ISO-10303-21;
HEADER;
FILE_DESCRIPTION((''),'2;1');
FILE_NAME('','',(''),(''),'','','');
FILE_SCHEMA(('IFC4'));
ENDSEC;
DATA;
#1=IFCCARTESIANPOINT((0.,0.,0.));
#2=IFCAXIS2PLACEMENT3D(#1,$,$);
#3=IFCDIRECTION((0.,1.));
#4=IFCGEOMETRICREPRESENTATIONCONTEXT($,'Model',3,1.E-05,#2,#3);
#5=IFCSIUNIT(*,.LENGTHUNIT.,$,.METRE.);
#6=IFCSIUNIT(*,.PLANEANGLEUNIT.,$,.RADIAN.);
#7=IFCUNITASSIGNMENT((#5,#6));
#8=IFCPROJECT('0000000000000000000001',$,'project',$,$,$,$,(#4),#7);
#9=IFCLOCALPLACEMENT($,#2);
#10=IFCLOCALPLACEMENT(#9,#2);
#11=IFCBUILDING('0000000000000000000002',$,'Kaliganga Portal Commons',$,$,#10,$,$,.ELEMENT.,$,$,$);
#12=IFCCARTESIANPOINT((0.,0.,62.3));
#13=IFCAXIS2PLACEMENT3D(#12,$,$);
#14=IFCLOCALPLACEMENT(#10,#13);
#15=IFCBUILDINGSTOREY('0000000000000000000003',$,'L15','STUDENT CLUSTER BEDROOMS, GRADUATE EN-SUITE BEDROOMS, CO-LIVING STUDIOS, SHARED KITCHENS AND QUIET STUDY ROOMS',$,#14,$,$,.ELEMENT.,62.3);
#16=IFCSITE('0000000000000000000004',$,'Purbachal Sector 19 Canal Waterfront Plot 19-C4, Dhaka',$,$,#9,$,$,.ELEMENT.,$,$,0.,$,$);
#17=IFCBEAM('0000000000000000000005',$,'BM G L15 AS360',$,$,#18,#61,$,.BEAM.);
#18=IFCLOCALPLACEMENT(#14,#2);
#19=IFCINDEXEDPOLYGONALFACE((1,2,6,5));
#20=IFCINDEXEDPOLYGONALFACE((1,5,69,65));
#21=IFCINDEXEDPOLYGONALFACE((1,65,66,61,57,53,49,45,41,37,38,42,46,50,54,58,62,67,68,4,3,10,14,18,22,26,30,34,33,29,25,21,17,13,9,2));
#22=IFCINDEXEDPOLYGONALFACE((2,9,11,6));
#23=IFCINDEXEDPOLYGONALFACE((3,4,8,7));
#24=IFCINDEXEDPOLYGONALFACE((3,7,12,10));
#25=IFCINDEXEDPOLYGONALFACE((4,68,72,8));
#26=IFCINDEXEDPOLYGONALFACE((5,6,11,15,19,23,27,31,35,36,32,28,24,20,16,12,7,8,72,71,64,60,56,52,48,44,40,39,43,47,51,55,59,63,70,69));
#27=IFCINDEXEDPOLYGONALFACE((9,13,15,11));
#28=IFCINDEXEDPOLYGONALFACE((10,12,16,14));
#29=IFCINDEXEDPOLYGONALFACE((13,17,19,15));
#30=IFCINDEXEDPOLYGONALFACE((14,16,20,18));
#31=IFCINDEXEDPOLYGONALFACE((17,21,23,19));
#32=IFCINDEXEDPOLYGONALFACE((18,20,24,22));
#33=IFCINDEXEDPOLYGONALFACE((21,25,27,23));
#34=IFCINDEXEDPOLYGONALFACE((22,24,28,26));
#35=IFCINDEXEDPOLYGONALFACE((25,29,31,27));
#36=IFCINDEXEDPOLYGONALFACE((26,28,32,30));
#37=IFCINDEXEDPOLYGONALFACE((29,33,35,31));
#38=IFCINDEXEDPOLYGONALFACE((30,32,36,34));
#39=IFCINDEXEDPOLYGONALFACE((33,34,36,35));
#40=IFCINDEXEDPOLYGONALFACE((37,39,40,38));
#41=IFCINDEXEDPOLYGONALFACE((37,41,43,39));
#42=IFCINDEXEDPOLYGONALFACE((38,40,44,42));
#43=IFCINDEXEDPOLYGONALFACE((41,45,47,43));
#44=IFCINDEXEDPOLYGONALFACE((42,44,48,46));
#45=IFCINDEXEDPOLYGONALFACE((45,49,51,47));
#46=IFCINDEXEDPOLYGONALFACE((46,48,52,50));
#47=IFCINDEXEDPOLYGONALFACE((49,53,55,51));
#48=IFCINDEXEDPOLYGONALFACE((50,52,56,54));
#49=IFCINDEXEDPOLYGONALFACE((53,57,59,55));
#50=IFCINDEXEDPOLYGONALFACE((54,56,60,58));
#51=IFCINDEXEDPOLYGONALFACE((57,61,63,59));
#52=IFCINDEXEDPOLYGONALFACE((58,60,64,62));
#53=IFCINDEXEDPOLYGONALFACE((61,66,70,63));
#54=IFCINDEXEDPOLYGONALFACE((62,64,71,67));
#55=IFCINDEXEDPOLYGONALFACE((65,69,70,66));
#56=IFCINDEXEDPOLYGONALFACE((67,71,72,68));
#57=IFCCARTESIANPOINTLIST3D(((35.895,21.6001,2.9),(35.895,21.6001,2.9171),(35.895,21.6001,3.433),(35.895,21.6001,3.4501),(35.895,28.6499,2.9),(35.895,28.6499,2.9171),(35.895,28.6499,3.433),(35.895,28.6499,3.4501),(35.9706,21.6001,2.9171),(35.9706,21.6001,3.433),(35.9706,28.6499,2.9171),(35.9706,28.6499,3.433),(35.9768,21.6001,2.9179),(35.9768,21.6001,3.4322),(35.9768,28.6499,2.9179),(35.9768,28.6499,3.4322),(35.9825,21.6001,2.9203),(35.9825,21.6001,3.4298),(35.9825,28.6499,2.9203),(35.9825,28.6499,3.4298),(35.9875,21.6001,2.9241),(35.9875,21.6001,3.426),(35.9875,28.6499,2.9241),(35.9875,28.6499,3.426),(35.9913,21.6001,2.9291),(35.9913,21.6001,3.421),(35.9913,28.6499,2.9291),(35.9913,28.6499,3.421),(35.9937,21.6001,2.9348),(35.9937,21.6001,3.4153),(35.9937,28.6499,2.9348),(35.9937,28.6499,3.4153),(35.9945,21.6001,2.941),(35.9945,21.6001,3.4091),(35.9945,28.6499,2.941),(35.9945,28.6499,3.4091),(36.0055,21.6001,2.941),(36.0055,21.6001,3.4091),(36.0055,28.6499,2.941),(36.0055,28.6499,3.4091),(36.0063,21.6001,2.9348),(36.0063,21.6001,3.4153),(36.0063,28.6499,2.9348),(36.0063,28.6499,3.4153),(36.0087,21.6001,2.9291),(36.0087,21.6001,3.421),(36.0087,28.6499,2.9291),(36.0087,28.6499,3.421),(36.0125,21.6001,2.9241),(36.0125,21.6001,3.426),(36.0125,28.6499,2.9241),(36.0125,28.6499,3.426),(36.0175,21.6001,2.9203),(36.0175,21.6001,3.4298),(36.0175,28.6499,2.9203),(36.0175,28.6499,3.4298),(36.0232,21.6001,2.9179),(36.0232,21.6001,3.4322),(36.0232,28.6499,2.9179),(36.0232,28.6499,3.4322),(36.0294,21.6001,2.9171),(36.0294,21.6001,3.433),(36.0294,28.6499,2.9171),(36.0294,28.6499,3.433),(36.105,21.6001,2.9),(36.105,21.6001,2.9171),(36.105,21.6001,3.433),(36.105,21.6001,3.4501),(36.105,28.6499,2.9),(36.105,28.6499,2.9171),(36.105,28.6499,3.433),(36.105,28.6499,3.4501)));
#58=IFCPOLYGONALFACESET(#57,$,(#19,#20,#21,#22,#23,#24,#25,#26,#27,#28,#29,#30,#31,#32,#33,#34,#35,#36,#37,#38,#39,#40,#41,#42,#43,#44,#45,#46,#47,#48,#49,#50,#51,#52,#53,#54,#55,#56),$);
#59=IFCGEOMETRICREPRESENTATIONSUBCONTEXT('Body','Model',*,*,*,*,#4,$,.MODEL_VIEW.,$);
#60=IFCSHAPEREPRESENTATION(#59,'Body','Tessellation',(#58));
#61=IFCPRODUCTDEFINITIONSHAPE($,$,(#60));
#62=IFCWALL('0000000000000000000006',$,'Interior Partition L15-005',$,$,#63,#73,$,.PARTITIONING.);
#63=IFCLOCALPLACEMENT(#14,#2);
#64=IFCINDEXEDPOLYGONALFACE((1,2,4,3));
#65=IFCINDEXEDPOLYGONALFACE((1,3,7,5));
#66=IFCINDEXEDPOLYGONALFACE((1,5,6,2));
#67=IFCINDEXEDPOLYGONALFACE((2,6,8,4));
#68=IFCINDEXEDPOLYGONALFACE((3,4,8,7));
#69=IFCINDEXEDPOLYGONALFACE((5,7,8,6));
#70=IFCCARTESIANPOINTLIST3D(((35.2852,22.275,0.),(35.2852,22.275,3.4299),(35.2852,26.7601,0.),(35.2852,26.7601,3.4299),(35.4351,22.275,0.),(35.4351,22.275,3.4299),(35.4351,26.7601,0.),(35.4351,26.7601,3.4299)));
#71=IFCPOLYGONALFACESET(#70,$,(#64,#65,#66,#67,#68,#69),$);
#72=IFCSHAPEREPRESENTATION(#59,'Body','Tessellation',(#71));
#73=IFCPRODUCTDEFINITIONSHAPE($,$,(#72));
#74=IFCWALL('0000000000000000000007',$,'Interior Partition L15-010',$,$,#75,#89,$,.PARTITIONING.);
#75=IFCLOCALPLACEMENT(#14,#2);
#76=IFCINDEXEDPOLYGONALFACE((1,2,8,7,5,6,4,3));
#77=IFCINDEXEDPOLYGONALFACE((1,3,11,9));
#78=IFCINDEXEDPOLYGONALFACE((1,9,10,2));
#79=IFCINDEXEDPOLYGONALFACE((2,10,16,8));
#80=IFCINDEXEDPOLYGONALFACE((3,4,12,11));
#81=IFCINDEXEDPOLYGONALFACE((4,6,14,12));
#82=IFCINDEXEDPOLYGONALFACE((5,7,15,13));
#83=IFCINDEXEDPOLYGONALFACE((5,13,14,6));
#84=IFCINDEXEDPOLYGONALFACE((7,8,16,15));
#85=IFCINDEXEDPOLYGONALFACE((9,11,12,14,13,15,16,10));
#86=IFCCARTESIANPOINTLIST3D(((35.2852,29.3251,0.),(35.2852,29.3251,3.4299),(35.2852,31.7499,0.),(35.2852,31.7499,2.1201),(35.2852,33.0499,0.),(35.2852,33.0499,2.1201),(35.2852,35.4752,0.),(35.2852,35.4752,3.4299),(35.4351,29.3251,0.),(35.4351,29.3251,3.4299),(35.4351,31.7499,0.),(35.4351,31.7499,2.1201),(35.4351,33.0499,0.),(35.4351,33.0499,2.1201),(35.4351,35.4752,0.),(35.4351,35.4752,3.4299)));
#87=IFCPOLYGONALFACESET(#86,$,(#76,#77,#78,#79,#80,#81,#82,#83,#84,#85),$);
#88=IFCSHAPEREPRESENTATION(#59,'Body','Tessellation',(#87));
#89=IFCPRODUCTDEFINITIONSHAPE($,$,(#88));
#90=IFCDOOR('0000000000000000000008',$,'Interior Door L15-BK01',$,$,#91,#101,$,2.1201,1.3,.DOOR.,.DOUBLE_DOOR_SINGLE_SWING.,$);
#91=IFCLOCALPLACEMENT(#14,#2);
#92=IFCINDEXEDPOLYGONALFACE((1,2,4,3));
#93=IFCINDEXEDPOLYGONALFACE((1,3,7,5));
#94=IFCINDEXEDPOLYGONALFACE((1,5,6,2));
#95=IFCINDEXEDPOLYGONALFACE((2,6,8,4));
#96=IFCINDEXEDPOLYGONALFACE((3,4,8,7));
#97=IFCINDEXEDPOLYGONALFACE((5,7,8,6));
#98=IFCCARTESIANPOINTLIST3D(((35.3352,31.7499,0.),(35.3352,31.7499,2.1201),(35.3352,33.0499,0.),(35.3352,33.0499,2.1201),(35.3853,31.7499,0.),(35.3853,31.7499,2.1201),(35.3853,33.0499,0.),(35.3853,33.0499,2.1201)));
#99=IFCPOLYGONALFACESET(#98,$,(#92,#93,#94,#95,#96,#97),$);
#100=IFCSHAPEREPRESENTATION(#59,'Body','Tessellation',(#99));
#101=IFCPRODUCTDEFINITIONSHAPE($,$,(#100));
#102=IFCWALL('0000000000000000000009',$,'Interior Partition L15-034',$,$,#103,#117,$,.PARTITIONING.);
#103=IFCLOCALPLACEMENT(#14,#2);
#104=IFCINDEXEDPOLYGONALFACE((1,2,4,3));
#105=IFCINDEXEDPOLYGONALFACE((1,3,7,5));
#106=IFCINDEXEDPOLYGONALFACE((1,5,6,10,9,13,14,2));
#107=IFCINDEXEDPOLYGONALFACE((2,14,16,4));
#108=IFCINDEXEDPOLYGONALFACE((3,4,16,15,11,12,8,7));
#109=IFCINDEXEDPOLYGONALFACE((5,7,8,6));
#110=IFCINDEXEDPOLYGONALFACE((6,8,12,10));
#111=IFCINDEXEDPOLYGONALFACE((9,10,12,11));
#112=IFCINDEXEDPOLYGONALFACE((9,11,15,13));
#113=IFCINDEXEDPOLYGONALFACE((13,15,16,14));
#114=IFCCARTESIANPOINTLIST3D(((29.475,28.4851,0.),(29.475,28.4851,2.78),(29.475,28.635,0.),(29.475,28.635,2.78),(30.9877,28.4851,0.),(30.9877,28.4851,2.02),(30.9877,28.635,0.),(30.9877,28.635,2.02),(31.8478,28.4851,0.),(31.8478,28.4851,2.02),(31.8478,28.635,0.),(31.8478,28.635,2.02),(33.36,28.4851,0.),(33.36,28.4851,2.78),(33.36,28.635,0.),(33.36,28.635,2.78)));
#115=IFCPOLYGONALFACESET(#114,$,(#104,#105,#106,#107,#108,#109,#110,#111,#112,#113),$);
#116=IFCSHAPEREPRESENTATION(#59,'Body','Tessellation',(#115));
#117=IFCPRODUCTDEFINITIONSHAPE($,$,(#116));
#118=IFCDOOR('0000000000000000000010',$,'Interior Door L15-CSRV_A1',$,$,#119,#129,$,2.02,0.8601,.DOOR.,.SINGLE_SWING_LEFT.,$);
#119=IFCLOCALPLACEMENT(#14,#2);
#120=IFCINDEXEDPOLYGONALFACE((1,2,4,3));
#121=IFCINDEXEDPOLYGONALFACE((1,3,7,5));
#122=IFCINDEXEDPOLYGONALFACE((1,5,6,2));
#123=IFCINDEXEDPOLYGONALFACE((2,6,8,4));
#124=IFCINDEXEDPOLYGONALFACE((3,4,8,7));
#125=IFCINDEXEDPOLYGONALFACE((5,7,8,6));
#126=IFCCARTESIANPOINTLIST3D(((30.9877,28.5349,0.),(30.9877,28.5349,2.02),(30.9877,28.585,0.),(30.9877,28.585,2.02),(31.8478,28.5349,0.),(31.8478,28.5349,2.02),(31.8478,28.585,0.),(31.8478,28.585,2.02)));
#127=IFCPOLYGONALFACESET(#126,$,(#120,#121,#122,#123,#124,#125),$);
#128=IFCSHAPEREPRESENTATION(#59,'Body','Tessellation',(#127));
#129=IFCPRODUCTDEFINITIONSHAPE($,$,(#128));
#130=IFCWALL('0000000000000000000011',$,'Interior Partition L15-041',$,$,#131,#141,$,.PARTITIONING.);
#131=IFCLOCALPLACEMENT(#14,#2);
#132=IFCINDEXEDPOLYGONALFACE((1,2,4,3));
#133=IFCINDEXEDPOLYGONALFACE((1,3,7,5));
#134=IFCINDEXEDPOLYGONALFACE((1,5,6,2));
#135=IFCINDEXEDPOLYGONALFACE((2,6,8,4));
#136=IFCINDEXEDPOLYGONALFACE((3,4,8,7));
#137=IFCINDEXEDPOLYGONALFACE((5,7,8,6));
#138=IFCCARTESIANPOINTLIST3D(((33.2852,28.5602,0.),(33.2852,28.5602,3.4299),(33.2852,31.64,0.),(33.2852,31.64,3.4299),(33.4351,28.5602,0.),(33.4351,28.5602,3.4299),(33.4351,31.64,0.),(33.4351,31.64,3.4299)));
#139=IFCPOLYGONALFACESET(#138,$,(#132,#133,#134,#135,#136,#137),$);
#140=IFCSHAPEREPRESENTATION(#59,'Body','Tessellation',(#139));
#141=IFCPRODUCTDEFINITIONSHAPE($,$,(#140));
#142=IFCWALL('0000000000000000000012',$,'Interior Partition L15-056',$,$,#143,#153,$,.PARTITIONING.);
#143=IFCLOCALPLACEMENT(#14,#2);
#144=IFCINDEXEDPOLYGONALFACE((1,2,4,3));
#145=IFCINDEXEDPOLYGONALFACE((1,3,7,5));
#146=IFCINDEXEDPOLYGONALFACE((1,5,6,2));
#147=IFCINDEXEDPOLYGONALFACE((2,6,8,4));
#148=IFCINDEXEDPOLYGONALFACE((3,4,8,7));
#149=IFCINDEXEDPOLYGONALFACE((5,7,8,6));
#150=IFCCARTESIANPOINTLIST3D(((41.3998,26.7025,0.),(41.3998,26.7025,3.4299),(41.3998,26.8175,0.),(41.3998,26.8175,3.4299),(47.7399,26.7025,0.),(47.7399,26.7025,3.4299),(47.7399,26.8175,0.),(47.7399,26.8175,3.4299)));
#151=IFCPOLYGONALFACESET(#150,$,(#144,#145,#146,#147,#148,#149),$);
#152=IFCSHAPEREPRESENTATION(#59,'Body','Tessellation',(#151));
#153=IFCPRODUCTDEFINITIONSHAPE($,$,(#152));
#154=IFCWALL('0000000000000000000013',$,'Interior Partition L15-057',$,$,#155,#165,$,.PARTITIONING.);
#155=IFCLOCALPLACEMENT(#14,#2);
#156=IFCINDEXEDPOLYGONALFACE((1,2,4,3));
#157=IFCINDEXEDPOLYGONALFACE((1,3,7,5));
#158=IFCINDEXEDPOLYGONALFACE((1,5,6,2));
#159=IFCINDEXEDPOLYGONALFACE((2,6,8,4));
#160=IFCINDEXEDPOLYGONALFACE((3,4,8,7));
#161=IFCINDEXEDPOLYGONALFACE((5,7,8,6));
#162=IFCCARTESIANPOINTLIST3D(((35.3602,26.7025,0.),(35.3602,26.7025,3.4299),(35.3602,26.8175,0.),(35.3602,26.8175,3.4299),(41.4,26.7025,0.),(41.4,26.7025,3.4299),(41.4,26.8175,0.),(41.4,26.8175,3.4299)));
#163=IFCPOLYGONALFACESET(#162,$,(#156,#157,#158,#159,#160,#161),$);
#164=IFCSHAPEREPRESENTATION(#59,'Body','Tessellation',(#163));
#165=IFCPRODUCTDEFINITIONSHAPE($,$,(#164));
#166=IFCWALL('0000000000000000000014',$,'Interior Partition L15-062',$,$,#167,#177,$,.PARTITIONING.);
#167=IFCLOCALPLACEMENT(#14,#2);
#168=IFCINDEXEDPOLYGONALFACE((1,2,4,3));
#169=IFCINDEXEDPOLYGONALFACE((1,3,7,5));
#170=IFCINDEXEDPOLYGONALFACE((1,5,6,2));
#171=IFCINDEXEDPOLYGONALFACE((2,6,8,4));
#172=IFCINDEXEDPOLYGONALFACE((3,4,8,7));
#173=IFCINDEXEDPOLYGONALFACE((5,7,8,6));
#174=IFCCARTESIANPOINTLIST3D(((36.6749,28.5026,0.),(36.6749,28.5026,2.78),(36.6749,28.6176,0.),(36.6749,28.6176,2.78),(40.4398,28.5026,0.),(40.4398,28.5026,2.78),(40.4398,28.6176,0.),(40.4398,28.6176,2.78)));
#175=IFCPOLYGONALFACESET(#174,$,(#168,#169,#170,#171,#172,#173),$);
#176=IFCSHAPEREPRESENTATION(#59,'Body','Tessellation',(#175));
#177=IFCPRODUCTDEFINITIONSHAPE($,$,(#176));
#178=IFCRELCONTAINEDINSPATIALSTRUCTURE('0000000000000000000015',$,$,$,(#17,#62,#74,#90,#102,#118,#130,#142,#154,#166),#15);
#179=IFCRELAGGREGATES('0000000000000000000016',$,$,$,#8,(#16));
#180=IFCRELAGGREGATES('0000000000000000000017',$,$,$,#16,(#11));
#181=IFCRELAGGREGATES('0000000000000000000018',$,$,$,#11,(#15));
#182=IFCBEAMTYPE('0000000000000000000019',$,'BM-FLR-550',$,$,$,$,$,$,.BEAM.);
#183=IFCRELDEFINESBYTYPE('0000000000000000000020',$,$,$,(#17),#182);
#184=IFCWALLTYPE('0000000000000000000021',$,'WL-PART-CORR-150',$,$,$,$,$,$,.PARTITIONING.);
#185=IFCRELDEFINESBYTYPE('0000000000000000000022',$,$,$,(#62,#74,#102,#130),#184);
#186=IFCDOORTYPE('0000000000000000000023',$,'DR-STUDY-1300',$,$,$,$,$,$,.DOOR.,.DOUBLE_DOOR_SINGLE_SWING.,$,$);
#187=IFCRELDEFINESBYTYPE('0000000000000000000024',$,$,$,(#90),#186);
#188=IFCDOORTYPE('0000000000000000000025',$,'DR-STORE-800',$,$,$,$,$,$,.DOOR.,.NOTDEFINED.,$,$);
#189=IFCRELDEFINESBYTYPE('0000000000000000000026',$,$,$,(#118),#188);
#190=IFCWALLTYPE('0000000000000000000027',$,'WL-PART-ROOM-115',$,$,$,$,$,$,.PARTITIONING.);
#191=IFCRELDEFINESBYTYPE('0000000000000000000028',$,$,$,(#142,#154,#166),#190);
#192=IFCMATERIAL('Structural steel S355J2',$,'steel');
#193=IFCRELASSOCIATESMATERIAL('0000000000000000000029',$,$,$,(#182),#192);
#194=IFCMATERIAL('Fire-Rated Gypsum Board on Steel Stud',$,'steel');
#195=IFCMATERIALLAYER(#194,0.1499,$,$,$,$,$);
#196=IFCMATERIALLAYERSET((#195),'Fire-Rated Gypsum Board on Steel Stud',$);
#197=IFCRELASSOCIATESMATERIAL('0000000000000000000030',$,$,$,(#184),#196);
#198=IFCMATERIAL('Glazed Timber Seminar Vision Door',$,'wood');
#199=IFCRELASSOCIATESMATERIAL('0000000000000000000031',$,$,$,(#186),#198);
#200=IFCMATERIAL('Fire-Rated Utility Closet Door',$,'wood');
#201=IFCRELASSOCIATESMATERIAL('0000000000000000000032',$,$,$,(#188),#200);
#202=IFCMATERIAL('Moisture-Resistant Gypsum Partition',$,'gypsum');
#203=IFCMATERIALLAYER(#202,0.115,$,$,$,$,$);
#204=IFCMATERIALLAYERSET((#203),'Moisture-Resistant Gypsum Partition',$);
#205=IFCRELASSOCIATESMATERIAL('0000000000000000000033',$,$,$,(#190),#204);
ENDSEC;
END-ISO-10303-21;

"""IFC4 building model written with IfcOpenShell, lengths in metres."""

from ifc_helpers import new_model, si_unit, direction, frame, frame_2d, origin, origin_2d, place, context, subcontext, project, spatial, rectangle, i_section, extrude, source, transform, mapped, material, layer, layer_set, material_profile, profile_set, type_object, element, fill, save


model = new_model("IFC4")

# Units and contexts
model_context = context("Model", 3, precision=1e-05, world=origin(), true_north=direction((0.0, 1.0)))
body_context = subcontext(model_context, "Body", "Model", "MODEL_VIEW")
ifc_project = project(units=[si_unit("LENGTHUNIT", "METRE"), si_unit("PLANEANGLEUNIT", "RADIAN")], contexts=[model_context])

# Site, building, storey
site_placement = place(None, origin())
site = spatial("IfcSite", under=ifc_project, at=site_placement, Name="Purbachal Sector 19 Canal Waterfront Plot 19-C4, Dhaka", CompositionType="ELEMENT", RefElevation=0.0)
building_placement = place(site_placement, origin())
building = spatial("IfcBuilding", under=site, at=building_placement, Name="Kaliganga Portal Commons", CompositionType="ELEMENT")
storey_placement = place(building_placement, frame((0.0, 0.0, 62.3)))
storey = spatial("IfcBuildingStorey", under=building, at=storey_placement, Name="L15", Description="STUDENT CLUSTER BEDROOMS, GRADUATE EN-SUITE BEDROOMS, CO-LIVING STUDIOS, SHARED KITCHENS AND QUIET STUDY ROOMS", CompositionType="ELEMENT", Elevation=62.3)

# Beam
ifc_material_1 = material(Name="Structural steel S355J2", Category="steel")
ifc_material_profile_1 = material_profile(ifc_material_1, i_section(OverallWidth=0.21, OverallDepth=0.55, WebThickness=0.011, FlangeThickness=0.0171, FilletRadius=0.0239, at=origin_2d()), Name="IPE 550")
ifc_profile_set_1 = profile_set([ifc_material_profile_1], Name="Structural steel S355J2 wide-flange")
beam_type_1 = type_object("IfcBeamType", Name="BM-FLR-550", PredefinedType="BEAM", material=ifc_profile_set_1)
shared_shape_1 = source(origin(), body_context, "Body", "SweptSolid", [
    extrude(i_section(OverallWidth=0.21, OverallDepth=0.55, WebThickness=0.011, FlangeThickness=0.0171, FilletRadius=0.0239, at=origin_2d()), origin(), (0.0, 0.0, 1.0), 7.0498),
])
beam_1_placement = place(storey_placement, frame((36.0, 21.6001, 3.175), z_axis=(0.0, 1.0, 0.0), x_axis=(-1.0, 0.0, 0.0)))
element("IfcBeam", 1, at=beam_1_placement, inside=storey, type_object=beam_type_1, Name="BM G L15 AS360", PredefinedType="BEAM", context=body_context, shape_type="MappedRepresentation", body=[
    mapped(shared_shape_1, transform((0.0, 0.0, 0.0), x_axis=(1.0, 0.0, 0.0), y_axis=(0.0, 1.0, 0.0), z_axis=(0.0, 0.0, 1.0), scale=1.0)),
])

# Wall
ifc_material_2 = material(Name="Fire-Rated Gypsum Board on Steel Stud", Category="steel")
ifc_layer_1 = layer(ifc_material_2, 0.1499)
ifc_layer_set_1 = layer_set([ifc_layer_1], Name="Fire-Rated Gypsum Board on Steel Stud")
wall_type_1 = type_object("IfcWallType", Name="WL-PART-CORR-150", PredefinedType="PARTITIONING", material=ifc_layer_set_1)
wall_1_placement = place(storey_placement, frame((35.3601, 22.2749, 0.0), z_axis=(0.0, 0.0, 1.0), x_axis=(0.0, 1.0, 0.0)))
element("IfcWall", 2, at=wall_1_placement, inside=storey, type_object=wall_type_1, Name="Interior Partition L15-005", PredefinedType="PARTITIONING", context=body_context, shape_type="SweptSolid", body=[
    extrude(rectangle(XDim=4.4851, YDim=0.1499, at=frame_2d((2.2427, 0.0))), origin(), (0.0, 0.0, 1.0), 3.4299),
])

# Walls, openings, doors
wall_2_placement = place(storey_placement, frame((35.3601, 29.325, 0.0), z_axis=(0.0, 0.0, 1.0), x_axis=(0.0, 1.0, 0.0)))
wall_2 = element("IfcWall", 3, at=wall_2_placement, inside=storey, type_object=wall_type_1, Name="Interior Partition L15-010", PredefinedType="PARTITIONING", context=body_context, shape_type="SweptSolid", body=[
    extrude(rectangle(XDim=6.1501, YDim=0.1499, at=frame_2d((3.0752, 0.0))), origin(), (0.0, 0.0, 1.0), 3.4299),
])
opening_1_placement = place(wall_2_placement, frame((2.425, 0.0, 0.0)))
opening_1 = element("IfcOpeningElement", 4, at=opening_1_placement, cuts=wall_2, PredefinedType="OPENING", context=body_context, shape_type="SweptSolid", body=[
    extrude(rectangle(XDim=1.3, YDim=2.1201, at=frame_2d((0.6499, 1.0601))), frame((0.0, 0.085, 0.0), z_axis=(0.0, -1.0, 0.0), x_axis=(1.0, 0.0, 0.0)), (0.0, 0.0, 1.0), 0.1699),
])
ifc_material_3 = material(Name="Glazed Timber Seminar Vision Door", Category="wood")
door_type_1 = type_object("IfcDoorType", Name="DR-STUDY-1300", OperationType="DOUBLE_DOOR_SINGLE_SWING", PredefinedType="DOOR", material=ifc_material_3)
door_1_placement = place(opening_1_placement, origin())
door_1 = element("IfcDoor", 5, at=door_1_placement, inside=storey, type_object=door_type_1, Name="Interior Door L15-BK01", OperationType="DOUBLE_DOOR_SINGLE_SWING", OverallHeight=2.1201, OverallWidth=1.3, PredefinedType="DOOR", context=body_context, shape_type="SweptSolid", body=[
    extrude(rectangle(XDim=1.3, YDim=2.1201, at=frame_2d((0.6499, 1.0601))), frame((0.0, 0.0249, 0.0), z_axis=(0.0, -1.0, 0.0), x_axis=(1.0, 0.0, 0.0)), (0.0, 0.0, 1.0), 0.05),
])
fill(opening_1, door_1)
wall_3_placement = place(storey_placement, frame((29.4751, 28.5601, 0.0), z_axis=(0.0, 0.0, 1.0), x_axis=(1.0, 0.0, 0.0)))
wall_3 = element("IfcWall", 6, at=wall_3_placement, inside=storey, type_object=wall_type_1, Name="Interior Partition L15-034", PredefinedType="PARTITIONING", context=body_context, shape_type="SweptSolid", body=[
    extrude(rectangle(XDim=3.885, YDim=0.1499, at=frame_2d((1.9424, 0.0))), origin(), (0.0, 0.0, 1.0), 2.78),
])
opening_2_placement = place(wall_3_placement, frame((1.5125, 0.0, 0.0)))
opening_2 = element("IfcOpeningElement", 7, at=opening_2_placement, cuts=wall_3, PredefinedType="OPENING", context=body_context, shape_type="SweptSolid", body=[
    extrude(rectangle(XDim=0.8601, YDim=2.02, at=frame_2d((0.4302, 1.01))), frame((0.0, 0.085, 0.0), z_axis=(0.0, -1.0, 0.0), x_axis=(1.0, 0.0, 0.0)), (0.0, 0.0, 1.0), 0.1699),
])
ifc_material_4 = material(Name="Fire-Rated Utility Closet Door", Category="wood")
door_type_2 = type_object("IfcDoorType", Name="DR-STORE-800", OperationType="NOTDEFINED", PredefinedType="DOOR", material=ifc_material_4)
door_2_placement = place(opening_2_placement, origin())
door_2 = element("IfcDoor", 8, at=door_2_placement, inside=storey, type_object=door_type_2, Name="Interior Door L15-CSRV_A1", OperationType="SINGLE_SWING_LEFT", OverallHeight=2.02, OverallWidth=0.8601, PredefinedType="DOOR", context=body_context, shape_type="SweptSolid", body=[
    extrude(rectangle(XDim=0.8601, YDim=2.02, at=frame_2d((0.4302, 1.01))), frame((0.0, 0.0249, 0.0), z_axis=(0.0, -1.0, 0.0), x_axis=(1.0, 0.0, 0.0)), (0.0, 0.0, 1.0), 0.05),
])
fill(opening_2, door_2)

# Walls
wall_4_placement = place(storey_placement, frame((33.3601, 28.5601, 0.0), z_axis=(0.0, 0.0, 1.0), x_axis=(0.0, 1.0, 0.0)))
element("IfcWall", 9, at=wall_4_placement, inside=storey, type_object=wall_type_1, Name="Interior Partition L15-041", PredefinedType="PARTITIONING", context=body_context, shape_type="SweptSolid", body=[
    extrude(rectangle(XDim=3.0798, YDim=0.1499, at=frame_2d((1.54, 0.0))), origin(), (0.0, 0.0, 1.0), 3.4299),
])
ifc_material_5 = material(Name="Moisture-Resistant Gypsum Partition", Category="gypsum")
ifc_layer_2 = layer(ifc_material_5, 0.115)
ifc_layer_set_2 = layer_set([ifc_layer_2], Name="Moisture-Resistant Gypsum Partition")
wall_type_2 = type_object("IfcWallType", Name="WL-PART-ROOM-115", PredefinedType="PARTITIONING", material=ifc_layer_set_2)
wall_5_placement = place(storey_placement, frame((41.3999, 26.76, 0.0), z_axis=(0.0, 0.0, 1.0), x_axis=(1.0, 0.0, 0.0)))
element("IfcWall", 10, at=wall_5_placement, inside=storey, type_object=wall_type_2, Name="Interior Partition L15-056", PredefinedType="PARTITIONING", context=body_context, shape_type="SweptSolid", body=[
    extrude(rectangle(XDim=6.3401, YDim=0.115, at=frame_2d((3.1699, 0.0))), origin(), (0.0, 0.0, 1.0), 3.4299),
])
wall_6_placement = place(storey_placement, frame((35.3601, 26.76, 0.0), z_axis=(0.0, 0.0, 1.0), x_axis=(1.0, 0.0, 0.0)))
element("IfcWall", 11, at=wall_6_placement, inside=storey, type_object=wall_type_2, Name="Interior Partition L15-057", PredefinedType="PARTITIONING", context=body_context, shape_type="SweptSolid", body=[
    extrude(rectangle(XDim=6.0398, YDim=0.115, at=frame_2d((3.02, 0.0))), origin(), (0.0, 0.0, 1.0), 3.4299),
])
wall_7_placement = place(storey_placement, frame((36.675, 28.5601, 0.0), z_axis=(0.0, 0.0, 1.0), x_axis=(1.0, 0.0, 0.0)))
element("IfcWall", 12, at=wall_7_placement, inside=storey, type_object=wall_type_2, Name="Interior Partition L15-062", PredefinedType="PARTITIONING", context=body_context, shape_type="SweptSolid", body=[
    extrude(rectangle(XDim=3.7649, YDim=0.115, at=frame_2d((1.8823, 0.0))), origin(), (0.0, 0.0, 1.0), 2.78),
])

save(model, "model.ifc")
